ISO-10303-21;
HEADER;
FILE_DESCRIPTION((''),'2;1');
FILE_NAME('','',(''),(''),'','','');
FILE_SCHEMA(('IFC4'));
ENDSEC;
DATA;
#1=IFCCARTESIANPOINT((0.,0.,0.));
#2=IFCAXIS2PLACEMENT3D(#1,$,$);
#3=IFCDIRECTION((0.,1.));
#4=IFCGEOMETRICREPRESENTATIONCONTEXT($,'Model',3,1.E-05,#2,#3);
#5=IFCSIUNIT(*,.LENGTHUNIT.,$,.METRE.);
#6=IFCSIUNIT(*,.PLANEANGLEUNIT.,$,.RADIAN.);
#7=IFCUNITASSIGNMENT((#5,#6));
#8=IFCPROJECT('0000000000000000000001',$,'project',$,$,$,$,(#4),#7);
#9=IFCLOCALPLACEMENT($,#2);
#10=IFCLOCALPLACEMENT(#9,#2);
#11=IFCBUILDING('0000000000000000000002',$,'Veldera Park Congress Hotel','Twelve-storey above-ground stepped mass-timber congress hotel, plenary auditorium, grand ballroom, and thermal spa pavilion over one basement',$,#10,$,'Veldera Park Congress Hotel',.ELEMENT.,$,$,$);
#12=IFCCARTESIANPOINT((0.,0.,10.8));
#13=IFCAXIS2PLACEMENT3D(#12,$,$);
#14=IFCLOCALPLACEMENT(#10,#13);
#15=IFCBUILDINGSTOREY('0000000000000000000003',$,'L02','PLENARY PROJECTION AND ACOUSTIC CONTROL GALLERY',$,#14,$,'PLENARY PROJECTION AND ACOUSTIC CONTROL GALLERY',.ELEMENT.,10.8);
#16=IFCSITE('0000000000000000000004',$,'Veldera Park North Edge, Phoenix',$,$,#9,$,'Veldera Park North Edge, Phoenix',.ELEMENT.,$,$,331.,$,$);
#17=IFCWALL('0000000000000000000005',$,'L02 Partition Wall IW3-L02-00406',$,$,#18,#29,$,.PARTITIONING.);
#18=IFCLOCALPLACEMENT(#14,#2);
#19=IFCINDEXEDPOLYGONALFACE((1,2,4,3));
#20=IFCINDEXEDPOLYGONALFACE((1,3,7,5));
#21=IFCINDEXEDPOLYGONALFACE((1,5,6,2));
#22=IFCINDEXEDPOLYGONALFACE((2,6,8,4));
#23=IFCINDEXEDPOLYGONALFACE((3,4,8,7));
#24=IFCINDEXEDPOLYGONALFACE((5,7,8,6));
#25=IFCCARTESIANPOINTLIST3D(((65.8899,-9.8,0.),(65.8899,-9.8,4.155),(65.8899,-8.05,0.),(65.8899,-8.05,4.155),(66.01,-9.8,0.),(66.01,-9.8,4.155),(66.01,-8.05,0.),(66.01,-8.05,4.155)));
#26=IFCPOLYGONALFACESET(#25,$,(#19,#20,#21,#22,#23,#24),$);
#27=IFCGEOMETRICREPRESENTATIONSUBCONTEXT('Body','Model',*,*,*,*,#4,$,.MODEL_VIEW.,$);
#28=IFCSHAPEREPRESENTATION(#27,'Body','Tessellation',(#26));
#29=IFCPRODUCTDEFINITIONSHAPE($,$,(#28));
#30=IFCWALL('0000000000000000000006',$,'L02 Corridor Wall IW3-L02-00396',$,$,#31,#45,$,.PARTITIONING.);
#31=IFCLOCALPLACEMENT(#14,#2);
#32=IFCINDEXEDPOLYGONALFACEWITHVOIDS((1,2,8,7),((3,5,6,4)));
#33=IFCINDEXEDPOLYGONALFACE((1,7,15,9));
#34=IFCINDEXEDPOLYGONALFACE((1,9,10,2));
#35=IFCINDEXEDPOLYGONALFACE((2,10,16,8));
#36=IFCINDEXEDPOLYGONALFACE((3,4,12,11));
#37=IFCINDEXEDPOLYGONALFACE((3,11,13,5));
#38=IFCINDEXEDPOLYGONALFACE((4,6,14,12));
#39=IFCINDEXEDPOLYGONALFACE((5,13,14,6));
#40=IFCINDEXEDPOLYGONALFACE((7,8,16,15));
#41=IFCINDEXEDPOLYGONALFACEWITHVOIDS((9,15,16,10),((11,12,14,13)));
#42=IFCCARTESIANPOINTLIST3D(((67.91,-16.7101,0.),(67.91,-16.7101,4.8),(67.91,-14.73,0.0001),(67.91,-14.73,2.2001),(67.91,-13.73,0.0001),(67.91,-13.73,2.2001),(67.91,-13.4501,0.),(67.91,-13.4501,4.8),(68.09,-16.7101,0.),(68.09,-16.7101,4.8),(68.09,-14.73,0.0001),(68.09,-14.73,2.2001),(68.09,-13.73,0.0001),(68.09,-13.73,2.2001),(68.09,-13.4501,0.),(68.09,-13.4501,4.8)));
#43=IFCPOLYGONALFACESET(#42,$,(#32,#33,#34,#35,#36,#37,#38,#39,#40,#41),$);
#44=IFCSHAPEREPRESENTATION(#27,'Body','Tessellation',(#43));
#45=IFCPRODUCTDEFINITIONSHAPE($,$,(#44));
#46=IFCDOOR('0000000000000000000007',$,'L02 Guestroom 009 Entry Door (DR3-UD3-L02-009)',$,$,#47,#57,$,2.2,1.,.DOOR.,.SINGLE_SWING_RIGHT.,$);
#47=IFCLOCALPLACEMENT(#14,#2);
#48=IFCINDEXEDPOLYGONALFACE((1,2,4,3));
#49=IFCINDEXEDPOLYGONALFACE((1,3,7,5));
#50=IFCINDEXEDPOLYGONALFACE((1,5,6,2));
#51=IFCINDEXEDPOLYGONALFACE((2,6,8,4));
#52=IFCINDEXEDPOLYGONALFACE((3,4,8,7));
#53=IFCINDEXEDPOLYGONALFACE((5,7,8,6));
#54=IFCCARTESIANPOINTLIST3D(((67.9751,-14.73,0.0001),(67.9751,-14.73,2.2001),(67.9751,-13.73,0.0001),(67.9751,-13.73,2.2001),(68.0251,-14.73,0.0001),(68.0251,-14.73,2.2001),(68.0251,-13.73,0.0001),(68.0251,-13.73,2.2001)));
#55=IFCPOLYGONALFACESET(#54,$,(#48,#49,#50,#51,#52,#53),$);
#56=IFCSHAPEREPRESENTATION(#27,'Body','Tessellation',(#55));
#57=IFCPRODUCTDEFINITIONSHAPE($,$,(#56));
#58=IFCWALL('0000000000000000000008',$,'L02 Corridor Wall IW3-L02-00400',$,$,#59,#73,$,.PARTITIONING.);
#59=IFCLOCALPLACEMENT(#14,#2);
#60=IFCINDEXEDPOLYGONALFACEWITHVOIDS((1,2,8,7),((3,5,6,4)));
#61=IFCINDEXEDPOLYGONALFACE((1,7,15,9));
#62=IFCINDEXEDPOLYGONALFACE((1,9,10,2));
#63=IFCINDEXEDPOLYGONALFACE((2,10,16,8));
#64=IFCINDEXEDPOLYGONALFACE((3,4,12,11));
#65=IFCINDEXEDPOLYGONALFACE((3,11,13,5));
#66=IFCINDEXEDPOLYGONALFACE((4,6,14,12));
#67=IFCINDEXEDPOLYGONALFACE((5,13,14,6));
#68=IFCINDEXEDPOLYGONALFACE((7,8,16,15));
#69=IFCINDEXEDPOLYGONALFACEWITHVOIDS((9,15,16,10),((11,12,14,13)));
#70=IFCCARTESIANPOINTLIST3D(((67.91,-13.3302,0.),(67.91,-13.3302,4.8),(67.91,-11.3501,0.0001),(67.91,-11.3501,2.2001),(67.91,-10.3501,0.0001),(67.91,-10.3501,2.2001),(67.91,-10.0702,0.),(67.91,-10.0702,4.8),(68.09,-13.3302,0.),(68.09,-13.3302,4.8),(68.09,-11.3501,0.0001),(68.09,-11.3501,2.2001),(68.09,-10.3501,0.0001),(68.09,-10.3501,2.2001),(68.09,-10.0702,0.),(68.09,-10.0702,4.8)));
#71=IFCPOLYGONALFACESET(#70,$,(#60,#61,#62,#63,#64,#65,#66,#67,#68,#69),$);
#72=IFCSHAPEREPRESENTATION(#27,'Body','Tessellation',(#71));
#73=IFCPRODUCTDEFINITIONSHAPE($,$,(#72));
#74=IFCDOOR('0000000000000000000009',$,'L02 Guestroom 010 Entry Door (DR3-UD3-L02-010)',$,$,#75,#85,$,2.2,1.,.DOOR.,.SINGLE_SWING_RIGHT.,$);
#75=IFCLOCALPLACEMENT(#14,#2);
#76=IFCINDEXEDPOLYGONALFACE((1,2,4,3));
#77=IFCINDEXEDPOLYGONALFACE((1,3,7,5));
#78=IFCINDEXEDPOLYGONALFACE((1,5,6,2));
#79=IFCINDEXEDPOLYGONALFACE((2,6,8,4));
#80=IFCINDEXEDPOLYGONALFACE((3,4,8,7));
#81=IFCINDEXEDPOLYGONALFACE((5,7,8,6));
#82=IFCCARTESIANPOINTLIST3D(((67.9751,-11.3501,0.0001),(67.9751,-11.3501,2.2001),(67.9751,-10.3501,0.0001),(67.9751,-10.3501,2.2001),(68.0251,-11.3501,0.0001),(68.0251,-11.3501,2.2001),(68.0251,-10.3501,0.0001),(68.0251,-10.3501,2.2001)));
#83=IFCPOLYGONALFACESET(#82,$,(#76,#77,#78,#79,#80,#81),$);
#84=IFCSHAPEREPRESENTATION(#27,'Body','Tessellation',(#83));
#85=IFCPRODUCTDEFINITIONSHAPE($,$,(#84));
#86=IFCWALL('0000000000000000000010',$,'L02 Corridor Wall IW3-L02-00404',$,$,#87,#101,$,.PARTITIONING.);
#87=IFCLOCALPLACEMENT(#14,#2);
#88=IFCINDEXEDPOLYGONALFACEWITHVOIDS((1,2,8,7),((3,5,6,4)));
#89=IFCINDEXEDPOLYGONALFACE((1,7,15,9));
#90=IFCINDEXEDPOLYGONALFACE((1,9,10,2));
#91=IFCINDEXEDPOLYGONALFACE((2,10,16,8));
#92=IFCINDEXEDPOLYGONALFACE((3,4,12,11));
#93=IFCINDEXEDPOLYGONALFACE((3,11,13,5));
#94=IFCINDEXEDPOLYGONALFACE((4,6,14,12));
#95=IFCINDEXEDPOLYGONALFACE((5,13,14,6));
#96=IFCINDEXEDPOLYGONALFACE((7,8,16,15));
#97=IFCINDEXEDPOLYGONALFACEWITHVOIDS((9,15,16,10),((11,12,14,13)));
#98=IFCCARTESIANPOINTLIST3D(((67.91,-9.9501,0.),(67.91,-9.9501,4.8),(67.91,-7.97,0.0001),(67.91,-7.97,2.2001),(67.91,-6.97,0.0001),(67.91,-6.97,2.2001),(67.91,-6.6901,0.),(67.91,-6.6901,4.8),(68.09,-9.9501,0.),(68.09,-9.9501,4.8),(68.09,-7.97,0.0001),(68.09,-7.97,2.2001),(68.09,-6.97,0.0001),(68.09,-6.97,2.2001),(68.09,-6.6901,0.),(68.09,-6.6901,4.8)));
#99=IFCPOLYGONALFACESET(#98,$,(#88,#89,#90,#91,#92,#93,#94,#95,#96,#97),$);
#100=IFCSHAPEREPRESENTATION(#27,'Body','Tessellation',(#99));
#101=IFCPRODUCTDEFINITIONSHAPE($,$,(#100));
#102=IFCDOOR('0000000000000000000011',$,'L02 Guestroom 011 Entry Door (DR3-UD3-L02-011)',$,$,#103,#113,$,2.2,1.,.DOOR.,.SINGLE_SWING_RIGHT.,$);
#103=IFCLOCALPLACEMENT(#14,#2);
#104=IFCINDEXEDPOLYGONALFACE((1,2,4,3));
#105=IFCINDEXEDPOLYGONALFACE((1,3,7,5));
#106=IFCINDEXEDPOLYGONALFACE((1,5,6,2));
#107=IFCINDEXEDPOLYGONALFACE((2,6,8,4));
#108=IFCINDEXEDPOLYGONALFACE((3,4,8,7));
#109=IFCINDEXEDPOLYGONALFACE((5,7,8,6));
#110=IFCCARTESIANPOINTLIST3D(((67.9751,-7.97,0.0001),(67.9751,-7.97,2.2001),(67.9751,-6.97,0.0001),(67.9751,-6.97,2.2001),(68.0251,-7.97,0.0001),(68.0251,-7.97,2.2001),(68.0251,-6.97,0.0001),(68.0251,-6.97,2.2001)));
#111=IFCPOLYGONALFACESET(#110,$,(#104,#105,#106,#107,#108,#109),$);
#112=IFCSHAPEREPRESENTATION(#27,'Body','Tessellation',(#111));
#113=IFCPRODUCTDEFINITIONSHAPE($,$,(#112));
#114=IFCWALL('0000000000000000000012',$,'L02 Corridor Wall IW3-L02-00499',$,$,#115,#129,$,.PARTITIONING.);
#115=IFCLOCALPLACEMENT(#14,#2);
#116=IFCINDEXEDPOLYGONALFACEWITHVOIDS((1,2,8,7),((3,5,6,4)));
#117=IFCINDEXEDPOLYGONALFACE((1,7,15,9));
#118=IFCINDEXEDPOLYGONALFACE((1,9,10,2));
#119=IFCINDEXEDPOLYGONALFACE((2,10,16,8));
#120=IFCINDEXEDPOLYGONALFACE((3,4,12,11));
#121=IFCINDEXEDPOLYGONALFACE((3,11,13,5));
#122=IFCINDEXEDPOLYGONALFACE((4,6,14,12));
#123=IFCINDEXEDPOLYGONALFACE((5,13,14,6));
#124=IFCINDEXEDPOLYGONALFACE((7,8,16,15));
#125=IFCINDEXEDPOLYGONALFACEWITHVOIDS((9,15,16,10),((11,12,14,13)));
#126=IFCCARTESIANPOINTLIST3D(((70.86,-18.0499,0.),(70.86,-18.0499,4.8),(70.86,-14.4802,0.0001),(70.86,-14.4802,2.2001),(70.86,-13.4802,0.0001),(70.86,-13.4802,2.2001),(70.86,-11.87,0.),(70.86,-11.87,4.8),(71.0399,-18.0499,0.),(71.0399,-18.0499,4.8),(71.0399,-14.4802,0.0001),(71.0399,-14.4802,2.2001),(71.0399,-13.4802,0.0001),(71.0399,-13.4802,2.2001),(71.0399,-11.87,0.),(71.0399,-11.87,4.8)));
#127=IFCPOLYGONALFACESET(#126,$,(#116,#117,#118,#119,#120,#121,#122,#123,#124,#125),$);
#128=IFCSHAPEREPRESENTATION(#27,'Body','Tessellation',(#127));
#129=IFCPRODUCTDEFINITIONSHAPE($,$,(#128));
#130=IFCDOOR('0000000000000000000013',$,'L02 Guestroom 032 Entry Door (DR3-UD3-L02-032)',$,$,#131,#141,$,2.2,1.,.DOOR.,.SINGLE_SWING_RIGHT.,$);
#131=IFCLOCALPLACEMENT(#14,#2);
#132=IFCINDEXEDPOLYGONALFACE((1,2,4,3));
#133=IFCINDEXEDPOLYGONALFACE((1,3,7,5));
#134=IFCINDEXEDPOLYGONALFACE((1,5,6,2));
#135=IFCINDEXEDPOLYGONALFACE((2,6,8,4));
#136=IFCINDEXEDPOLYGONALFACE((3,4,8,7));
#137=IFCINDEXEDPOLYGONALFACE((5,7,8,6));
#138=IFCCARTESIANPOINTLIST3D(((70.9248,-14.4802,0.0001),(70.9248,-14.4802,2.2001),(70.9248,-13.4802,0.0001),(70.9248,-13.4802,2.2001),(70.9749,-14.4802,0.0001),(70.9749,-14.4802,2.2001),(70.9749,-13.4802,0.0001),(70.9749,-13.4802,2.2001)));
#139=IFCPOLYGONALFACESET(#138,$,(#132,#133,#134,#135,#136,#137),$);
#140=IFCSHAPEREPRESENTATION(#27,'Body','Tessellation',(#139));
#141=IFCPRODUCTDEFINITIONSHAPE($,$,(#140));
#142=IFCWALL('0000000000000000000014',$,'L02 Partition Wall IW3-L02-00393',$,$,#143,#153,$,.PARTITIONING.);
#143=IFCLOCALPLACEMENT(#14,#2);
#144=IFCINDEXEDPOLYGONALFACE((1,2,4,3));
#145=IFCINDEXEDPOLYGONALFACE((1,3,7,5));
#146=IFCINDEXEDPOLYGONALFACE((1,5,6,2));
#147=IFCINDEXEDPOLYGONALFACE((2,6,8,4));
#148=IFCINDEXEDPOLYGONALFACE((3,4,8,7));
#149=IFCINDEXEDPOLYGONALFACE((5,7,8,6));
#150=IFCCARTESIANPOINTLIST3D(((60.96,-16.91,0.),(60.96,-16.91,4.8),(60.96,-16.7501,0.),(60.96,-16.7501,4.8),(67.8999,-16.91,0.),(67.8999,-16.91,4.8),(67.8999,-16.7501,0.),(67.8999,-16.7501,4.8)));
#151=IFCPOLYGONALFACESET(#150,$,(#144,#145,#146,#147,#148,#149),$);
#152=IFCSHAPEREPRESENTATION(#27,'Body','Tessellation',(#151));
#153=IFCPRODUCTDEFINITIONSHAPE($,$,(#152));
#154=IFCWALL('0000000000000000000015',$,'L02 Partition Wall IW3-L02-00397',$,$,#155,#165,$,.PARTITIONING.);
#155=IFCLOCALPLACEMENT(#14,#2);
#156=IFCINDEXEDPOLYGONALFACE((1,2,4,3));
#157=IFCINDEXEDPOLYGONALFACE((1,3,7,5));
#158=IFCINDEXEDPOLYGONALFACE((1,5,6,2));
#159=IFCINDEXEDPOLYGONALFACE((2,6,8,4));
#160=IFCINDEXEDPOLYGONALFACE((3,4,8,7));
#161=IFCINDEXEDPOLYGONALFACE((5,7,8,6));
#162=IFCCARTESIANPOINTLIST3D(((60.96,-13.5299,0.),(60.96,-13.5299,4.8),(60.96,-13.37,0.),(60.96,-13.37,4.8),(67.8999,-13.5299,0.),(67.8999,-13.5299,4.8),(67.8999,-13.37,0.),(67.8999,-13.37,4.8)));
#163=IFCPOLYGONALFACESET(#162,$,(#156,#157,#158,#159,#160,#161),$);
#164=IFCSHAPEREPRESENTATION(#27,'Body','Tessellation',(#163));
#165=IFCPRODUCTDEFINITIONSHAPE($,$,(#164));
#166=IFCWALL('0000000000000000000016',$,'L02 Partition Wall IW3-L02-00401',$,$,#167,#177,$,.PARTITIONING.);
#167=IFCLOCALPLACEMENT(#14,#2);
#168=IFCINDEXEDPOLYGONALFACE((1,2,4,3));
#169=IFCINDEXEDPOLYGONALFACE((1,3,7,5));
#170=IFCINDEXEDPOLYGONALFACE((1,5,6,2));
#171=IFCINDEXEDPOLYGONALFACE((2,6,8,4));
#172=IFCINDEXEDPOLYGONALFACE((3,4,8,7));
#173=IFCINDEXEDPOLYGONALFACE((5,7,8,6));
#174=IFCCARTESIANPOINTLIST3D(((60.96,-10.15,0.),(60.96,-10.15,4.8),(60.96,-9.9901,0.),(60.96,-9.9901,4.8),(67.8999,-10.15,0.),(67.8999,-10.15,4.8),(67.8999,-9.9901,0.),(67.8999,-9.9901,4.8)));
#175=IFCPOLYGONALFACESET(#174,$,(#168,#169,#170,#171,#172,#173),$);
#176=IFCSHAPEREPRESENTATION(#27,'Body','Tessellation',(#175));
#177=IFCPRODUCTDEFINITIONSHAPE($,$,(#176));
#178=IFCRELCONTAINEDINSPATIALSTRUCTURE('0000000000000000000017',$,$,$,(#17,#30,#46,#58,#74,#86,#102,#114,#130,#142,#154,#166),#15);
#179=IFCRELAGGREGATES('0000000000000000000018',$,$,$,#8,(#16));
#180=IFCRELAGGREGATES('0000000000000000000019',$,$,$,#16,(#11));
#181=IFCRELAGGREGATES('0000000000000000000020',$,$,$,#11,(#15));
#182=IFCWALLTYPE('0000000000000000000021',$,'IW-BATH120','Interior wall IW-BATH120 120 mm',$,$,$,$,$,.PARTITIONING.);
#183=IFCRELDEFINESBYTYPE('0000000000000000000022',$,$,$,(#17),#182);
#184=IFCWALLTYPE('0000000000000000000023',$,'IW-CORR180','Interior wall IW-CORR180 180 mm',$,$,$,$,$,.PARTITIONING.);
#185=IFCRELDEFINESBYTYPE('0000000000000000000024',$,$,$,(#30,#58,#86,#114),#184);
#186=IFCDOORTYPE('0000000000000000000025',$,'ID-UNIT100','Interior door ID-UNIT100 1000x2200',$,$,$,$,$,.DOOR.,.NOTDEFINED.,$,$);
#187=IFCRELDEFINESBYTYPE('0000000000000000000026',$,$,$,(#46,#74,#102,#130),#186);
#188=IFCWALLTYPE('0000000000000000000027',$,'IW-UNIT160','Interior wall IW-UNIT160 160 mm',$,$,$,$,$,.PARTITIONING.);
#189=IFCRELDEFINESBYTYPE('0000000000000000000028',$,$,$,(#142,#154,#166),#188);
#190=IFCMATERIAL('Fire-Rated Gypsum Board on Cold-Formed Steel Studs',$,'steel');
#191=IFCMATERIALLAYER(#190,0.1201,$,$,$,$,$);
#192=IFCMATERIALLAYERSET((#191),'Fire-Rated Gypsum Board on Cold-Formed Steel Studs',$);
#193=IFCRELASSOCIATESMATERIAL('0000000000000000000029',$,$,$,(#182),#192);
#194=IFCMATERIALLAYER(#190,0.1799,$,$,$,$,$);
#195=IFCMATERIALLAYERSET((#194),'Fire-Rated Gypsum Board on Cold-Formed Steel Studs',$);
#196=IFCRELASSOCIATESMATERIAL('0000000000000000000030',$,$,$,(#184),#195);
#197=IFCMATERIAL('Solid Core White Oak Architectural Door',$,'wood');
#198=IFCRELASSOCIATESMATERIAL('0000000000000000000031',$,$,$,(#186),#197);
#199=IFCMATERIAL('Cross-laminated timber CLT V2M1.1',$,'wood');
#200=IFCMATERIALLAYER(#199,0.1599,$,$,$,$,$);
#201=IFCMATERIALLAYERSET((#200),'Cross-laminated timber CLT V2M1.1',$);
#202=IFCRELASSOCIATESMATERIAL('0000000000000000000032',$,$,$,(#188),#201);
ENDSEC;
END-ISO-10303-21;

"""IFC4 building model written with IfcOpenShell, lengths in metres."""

from ifc_helpers import new_model, si_unit, direction, frame, frame_2d, origin, place, context, subcontext, project, spatial, rectangle, extrude, material, layer, layer_set, type_object, element, fill, save


model = new_model("IFC4")

# Units and contexts
model_context = context("Model", 3, precision=1e-05, world=origin(), true_north=direction((0.0, 1.0)))
body_context = subcontext(model_context, "Body", "Model", "MODEL_VIEW")
ifc_project = project(units=[si_unit("LENGTHUNIT", "METRE"), si_unit("PLANEANGLEUNIT", "RADIAN")], contexts=[model_context])

# Site, building, storey
site_placement = place(None, origin())
site = spatial("IfcSite", under=ifc_project, at=site_placement, Name="Veldera Park North Edge, Phoenix", LongName="Veldera Park North Edge, Phoenix", CompositionType="ELEMENT", RefElevation=331.0)
building_placement = place(site_placement, origin())
building = spatial("IfcBuilding", under=site, at=building_placement, Name="Veldera Park Congress Hotel", Description="Twelve-storey above-ground stepped mass-timber congress hotel, plenary auditorium, grand ballroom, and thermal spa pavilion over one basement", LongName="Veldera Park Congress Hotel", CompositionType="ELEMENT")
storey_placement = place(building_placement, frame((0.0, 0.0, 10.8)))
storey = spatial("IfcBuildingStorey", under=building, at=storey_placement, Name="L02", Description="PLENARY PROJECTION AND ACOUSTIC CONTROL GALLERY", LongName="PLENARY PROJECTION AND ACOUSTIC CONTROL GALLERY", CompositionType="ELEMENT", Elevation=10.8)

# Shared definitions
ifc_material_1 = material(Name="Cross-laminated timber CLT V2M1.1", Category="wood")

# Shared definitions
ifc_material_2 = material(Name="Fire-Rated Gypsum Board on Cold-Formed Steel Studs", Category="steel")
ifc_layer_1 = layer(ifc_material_2, 0.1201)
ifc_layer_set_1 = layer_set([ifc_layer_1], Name="Fire-Rated Gypsum Board on Cold-Formed Steel Studs")
wall_type_1 = type_object("IfcWallType", Name="IW-BATH120", Description="Interior wall IW-BATH120 120 mm", PredefinedType="PARTITIONING", material=ifc_layer_set_1)
ifc_material_3 = material(Name="Solid Core White Oak Architectural Door", Category="wood")

# Wall
wall_1_placement = place(storey_placement, frame((65.95, -9.8, 0.0), z_axis=(0.0, 0.0, 1.0), x_axis=(0.0, 1.0, 0.0)))
element("IfcWall", 1, at=wall_1_placement, inside=storey, type_object=wall_type_1, Name="L02 Partition Wall IW3-L02-00406", PredefinedType="PARTITIONING", context=body_context, shape_type="SweptSolid", body=[
    extrude(rectangle(XDim=1.75, YDim=0.1201, at=frame_2d((0.875, 0.0))), origin(), (0.0, 0.0, 1.0), 4.155),
])

# Walls, openings, doors
ifc_layer_2 = layer(ifc_material_2, 0.1799)
ifc_layer_set_2 = layer_set([ifc_layer_2], Name="Fire-Rated Gypsum Board on Cold-Formed Steel Studs")
wall_type_2 = type_object("IfcWallType", Name="IW-CORR180", Description="Interior wall IW-CORR180 180 mm", PredefinedType="PARTITIONING", material=ifc_layer_set_2)
wall_2_placement = place(storey_placement, frame((68.0, -16.71, 0.0), z_axis=(0.0, 0.0, 1.0), x_axis=(0.0, 1.0, 0.0)))
wall_2 = element("IfcWall", 2, at=wall_2_placement, inside=storey, type_object=wall_type_2, Name="L02 Corridor Wall IW3-L02-00396", PredefinedType="PARTITIONING", context=body_context, shape_type="SweptSolid", body=[
    extrude(rectangle(XDim=3.26, YDim=0.1799, at=frame_2d((1.6299, 0.0))), origin(), (0.0, 0.0, 1.0), 4.8),
])
opening_1_placement = place(wall_2_placement, frame((1.98, 0.0, 0.0)))
opening_1 = element("IfcOpeningElement", 3, at=opening_1_placement, cuts=wall_2, PredefinedType="OPENING", context=body_context, shape_type="SweptSolid", body=[
    extrude(rectangle(XDim=1.0, YDim=2.2, at=frame_2d((0.5, 1.1001))), frame((0.0, 0.1021, 0.0), z_axis=(0.0, -1.0, 0.0), x_axis=(1.0, 0.0, 0.0)), (0.0, 0.0, 1.0), 0.2039),
])
door_type_1 = type_object("IfcDoorType", Name="ID-UNIT100", Description="Interior door ID-UNIT100 1000x2200", OperationType="NOTDEFINED", PredefinedType="DOOR", material=ifc_material_3)
door_1_placement = place(opening_1_placement, origin())
door_1 = element("IfcDoor", 4, at=door_1_placement, inside=storey, type_object=door_type_1, Name="L02 Guestroom 009 Entry Door (DR3-UD3-L02-009)", OperationType="SINGLE_SWING_RIGHT", OverallHeight=2.2, OverallWidth=1.0, PredefinedType="DOOR", context=body_context, shape_type="SweptSolid", body=[
    extrude(rectangle(XDim=1.0, YDim=2.2, at=frame_2d((0.5, 1.1001))), frame((0.0, 0.0249, 0.0), z_axis=(0.0, -1.0, 0.0), x_axis=(1.0, 0.0, 0.0)), (0.0, 0.0, 1.0), 0.05),
])
fill(opening_1, door_1)
wall_3_placement = place(storey_placement, frame((68.0, -13.3301, 0.0), z_axis=(0.0, 0.0, 1.0), x_axis=(0.0, 1.0, 0.0)))
wall_3 = element("IfcWall", 5, at=wall_3_placement, inside=storey, type_object=wall_type_2, Name="L02 Corridor Wall IW3-L02-00400", PredefinedType="PARTITIONING", context=body_context, shape_type="SweptSolid", body=[
    extrude(rectangle(XDim=3.26, YDim=0.1799, at=frame_2d((1.6299, 0.0))), origin(), (0.0, 0.0, 1.0), 4.8),
])
opening_2_placement = place(wall_3_placement, frame((1.98, 0.0, 0.0)))
opening_2 = element("IfcOpeningElement", 6, at=opening_2_placement, cuts=wall_3, PredefinedType="OPENING", context=body_context, shape_type="SweptSolid", body=[
    extrude(rectangle(XDim=1.0, YDim=2.2, at=frame_2d((0.5, 1.1001))), frame((0.0, 0.1021, 0.0), z_axis=(0.0, -1.0, 0.0), x_axis=(1.0, 0.0, 0.0)), (0.0, 0.0, 1.0), 0.2039),
])
door_2_placement = place(opening_2_placement, origin())
door_2 = element("IfcDoor", 7, at=door_2_placement, inside=storey, type_object=door_type_1, Name="L02 Guestroom 010 Entry Door (DR3-UD3-L02-010)", OperationType="SINGLE_SWING_RIGHT", OverallHeight=2.2, OverallWidth=1.0, PredefinedType="DOOR", context=body_context, shape_type="SweptSolid", body=[
    extrude(rectangle(XDim=1.0, YDim=2.2, at=frame_2d((0.5, 1.1001))), frame((0.0, 0.0249, 0.0), z_axis=(0.0, -1.0, 0.0), x_axis=(1.0, 0.0, 0.0)), (0.0, 0.0, 1.0), 0.05),
])
fill(opening_2, door_2)
wall_4_placement = place(storey_placement, frame((68.0, -9.95, 0.0), z_axis=(0.0, 0.0, 1.0), x_axis=(0.0, 1.0, 0.0)))
wall_4 = element("IfcWall", 8, at=wall_4_placement, inside=storey, type_object=wall_type_2, Name="L02 Corridor Wall IW3-L02-00404", PredefinedType="PARTITIONING", context=body_context, shape_type="SweptSolid", body=[
    extrude(rectangle(XDim=3.26, YDim=0.1799, at=frame_2d((1.6299, 0.0))), origin(), (0.0, 0.0, 1.0), 4.8),
])
opening_3_placement = place(wall_4_placement, frame((1.98, 0.0, 0.0)))
opening_3 = element("IfcOpeningElement", 9, at=opening_3_placement, cuts=wall_4, PredefinedType="OPENING", context=body_context, shape_type="SweptSolid", body=[
    extrude(rectangle(XDim=1.0, YDim=2.2, at=frame_2d((0.5, 1.1001))), frame((0.0, 0.1021, 0.0), z_axis=(0.0, -1.0, 0.0), x_axis=(1.0, 0.0, 0.0)), (0.0, 0.0, 1.0), 0.2039),
])
door_3_placement = place(opening_3_placement, origin())
door_3 = element("IfcDoor", 10, at=door_3_placement, inside=storey, type_object=door_type_1, Name="L02 Guestroom 011 Entry Door (DR3-UD3-L02-011)", OperationType="SINGLE_SWING_RIGHT", OverallHeight=2.2, OverallWidth=1.0, PredefinedType="DOOR", context=body_context, shape_type="SweptSolid", body=[
    extrude(rectangle(XDim=1.0, YDim=2.2, at=frame_2d((0.5, 1.1001))), frame((0.0, 0.0249, 0.0), z_axis=(0.0, -1.0, 0.0), x_axis=(1.0, 0.0, 0.0)), (0.0, 0.0, 1.0), 0.05),
])
fill(opening_3, door_3)
wall_5_placement = place(storey_placement, frame((70.95, -11.8701, 0.0), z_axis=(0.0, 0.0, 1.0), x_axis=(0.0, -1.0, 0.0)))
wall_5 = element("IfcWall", 11, at=wall_5_placement, inside=storey, type_object=wall_type_2, Name="L02 Corridor Wall IW3-L02-00499", PredefinedType="PARTITIONING", context=body_context, shape_type="SweptSolid", body=[
    extrude(rectangle(XDim=6.1799, YDim=0.1799, at=frame_2d((3.0898, 0.0))), origin(), (0.0, 0.0, 1.0), 4.8),
])
opening_4_placement = place(wall_5_placement, frame((1.6101, 0.0, 0.0)))
opening_4 = element("IfcOpeningElement", 12, at=opening_4_placement, cuts=wall_5, PredefinedType="OPENING", context=body_context, shape_type="SweptSolid", body=[
    extrude(rectangle(XDim=1.0, YDim=2.2, at=frame_2d((0.5, 1.1001))), frame((0.0, 0.1021, 0.0), z_axis=(0.0, -1.0, 0.0), x_axis=(1.0, 0.0, 0.0)), (0.0, 0.0, 1.0), 0.2039),
])
door_4_placement = place(opening_4_placement, origin())
door_4 = element("IfcDoor", 13, at=door_4_placement, inside=storey, type_object=door_type_1, Name="L02 Guestroom 032 Entry Door (DR3-UD3-L02-032)", OperationType="SINGLE_SWING_RIGHT", OverallHeight=2.2, OverallWidth=1.0, PredefinedType="DOOR", context=body_context, shape_type="SweptSolid", body=[
    extrude(rectangle(XDim=1.0, YDim=2.2, at=frame_2d((0.5, 1.1001))), frame((0.0, 0.0249, 0.0), z_axis=(0.0, -1.0, 0.0), x_axis=(1.0, 0.0, 0.0)), (0.0, 0.0, 1.0), 0.05),
])
fill(opening_4, door_4)

# Walls
ifc_layer_3 = layer(ifc_material_1, 0.1599)
ifc_layer_set_3 = layer_set([ifc_layer_3], Name="Cross-laminated timber CLT V2M1.1")
wall_type_3 = type_object("IfcWallType", Name="IW-UNIT160", Description="Interior wall IW-UNIT160 160 mm", PredefinedType="PARTITIONING", material=ifc_layer_set_3)
for number, where, z_axis, x_axis, name in (
    (14, (60.96, -16.8301, 0.0), (0.0, 0.0, 1.0), (1.0, 0.0, 0.0), "L02 Partition Wall IW3-L02-00393"),
    (15, (60.96, -13.45, 0.0), (0.0, 0.0, 1.0), (1.0, 0.0, 0.0), "L02 Partition Wall IW3-L02-00397"),
    (16, (60.96, -10.0701, 0.0), (0.0, 0.0, 1.0), (1.0, 0.0, 0.0), "L02 Partition Wall IW3-L02-00401"),
):
    element("IfcWall", number, at=place(storey_placement, frame(where, z_axis=z_axis, x_axis=x_axis)), inside=storey, type_object=wall_type_3, Name=name, PredefinedType="PARTITIONING", context=body_context, shape_type="SweptSolid", body=[
        extrude(rectangle(XDim=6.9399, YDim=0.1599, at=frame_2d((3.47, 0.0))), origin(), (0.0, 0.0, 1.0), 4.8),
    ])

save(model, "model.ifc")
